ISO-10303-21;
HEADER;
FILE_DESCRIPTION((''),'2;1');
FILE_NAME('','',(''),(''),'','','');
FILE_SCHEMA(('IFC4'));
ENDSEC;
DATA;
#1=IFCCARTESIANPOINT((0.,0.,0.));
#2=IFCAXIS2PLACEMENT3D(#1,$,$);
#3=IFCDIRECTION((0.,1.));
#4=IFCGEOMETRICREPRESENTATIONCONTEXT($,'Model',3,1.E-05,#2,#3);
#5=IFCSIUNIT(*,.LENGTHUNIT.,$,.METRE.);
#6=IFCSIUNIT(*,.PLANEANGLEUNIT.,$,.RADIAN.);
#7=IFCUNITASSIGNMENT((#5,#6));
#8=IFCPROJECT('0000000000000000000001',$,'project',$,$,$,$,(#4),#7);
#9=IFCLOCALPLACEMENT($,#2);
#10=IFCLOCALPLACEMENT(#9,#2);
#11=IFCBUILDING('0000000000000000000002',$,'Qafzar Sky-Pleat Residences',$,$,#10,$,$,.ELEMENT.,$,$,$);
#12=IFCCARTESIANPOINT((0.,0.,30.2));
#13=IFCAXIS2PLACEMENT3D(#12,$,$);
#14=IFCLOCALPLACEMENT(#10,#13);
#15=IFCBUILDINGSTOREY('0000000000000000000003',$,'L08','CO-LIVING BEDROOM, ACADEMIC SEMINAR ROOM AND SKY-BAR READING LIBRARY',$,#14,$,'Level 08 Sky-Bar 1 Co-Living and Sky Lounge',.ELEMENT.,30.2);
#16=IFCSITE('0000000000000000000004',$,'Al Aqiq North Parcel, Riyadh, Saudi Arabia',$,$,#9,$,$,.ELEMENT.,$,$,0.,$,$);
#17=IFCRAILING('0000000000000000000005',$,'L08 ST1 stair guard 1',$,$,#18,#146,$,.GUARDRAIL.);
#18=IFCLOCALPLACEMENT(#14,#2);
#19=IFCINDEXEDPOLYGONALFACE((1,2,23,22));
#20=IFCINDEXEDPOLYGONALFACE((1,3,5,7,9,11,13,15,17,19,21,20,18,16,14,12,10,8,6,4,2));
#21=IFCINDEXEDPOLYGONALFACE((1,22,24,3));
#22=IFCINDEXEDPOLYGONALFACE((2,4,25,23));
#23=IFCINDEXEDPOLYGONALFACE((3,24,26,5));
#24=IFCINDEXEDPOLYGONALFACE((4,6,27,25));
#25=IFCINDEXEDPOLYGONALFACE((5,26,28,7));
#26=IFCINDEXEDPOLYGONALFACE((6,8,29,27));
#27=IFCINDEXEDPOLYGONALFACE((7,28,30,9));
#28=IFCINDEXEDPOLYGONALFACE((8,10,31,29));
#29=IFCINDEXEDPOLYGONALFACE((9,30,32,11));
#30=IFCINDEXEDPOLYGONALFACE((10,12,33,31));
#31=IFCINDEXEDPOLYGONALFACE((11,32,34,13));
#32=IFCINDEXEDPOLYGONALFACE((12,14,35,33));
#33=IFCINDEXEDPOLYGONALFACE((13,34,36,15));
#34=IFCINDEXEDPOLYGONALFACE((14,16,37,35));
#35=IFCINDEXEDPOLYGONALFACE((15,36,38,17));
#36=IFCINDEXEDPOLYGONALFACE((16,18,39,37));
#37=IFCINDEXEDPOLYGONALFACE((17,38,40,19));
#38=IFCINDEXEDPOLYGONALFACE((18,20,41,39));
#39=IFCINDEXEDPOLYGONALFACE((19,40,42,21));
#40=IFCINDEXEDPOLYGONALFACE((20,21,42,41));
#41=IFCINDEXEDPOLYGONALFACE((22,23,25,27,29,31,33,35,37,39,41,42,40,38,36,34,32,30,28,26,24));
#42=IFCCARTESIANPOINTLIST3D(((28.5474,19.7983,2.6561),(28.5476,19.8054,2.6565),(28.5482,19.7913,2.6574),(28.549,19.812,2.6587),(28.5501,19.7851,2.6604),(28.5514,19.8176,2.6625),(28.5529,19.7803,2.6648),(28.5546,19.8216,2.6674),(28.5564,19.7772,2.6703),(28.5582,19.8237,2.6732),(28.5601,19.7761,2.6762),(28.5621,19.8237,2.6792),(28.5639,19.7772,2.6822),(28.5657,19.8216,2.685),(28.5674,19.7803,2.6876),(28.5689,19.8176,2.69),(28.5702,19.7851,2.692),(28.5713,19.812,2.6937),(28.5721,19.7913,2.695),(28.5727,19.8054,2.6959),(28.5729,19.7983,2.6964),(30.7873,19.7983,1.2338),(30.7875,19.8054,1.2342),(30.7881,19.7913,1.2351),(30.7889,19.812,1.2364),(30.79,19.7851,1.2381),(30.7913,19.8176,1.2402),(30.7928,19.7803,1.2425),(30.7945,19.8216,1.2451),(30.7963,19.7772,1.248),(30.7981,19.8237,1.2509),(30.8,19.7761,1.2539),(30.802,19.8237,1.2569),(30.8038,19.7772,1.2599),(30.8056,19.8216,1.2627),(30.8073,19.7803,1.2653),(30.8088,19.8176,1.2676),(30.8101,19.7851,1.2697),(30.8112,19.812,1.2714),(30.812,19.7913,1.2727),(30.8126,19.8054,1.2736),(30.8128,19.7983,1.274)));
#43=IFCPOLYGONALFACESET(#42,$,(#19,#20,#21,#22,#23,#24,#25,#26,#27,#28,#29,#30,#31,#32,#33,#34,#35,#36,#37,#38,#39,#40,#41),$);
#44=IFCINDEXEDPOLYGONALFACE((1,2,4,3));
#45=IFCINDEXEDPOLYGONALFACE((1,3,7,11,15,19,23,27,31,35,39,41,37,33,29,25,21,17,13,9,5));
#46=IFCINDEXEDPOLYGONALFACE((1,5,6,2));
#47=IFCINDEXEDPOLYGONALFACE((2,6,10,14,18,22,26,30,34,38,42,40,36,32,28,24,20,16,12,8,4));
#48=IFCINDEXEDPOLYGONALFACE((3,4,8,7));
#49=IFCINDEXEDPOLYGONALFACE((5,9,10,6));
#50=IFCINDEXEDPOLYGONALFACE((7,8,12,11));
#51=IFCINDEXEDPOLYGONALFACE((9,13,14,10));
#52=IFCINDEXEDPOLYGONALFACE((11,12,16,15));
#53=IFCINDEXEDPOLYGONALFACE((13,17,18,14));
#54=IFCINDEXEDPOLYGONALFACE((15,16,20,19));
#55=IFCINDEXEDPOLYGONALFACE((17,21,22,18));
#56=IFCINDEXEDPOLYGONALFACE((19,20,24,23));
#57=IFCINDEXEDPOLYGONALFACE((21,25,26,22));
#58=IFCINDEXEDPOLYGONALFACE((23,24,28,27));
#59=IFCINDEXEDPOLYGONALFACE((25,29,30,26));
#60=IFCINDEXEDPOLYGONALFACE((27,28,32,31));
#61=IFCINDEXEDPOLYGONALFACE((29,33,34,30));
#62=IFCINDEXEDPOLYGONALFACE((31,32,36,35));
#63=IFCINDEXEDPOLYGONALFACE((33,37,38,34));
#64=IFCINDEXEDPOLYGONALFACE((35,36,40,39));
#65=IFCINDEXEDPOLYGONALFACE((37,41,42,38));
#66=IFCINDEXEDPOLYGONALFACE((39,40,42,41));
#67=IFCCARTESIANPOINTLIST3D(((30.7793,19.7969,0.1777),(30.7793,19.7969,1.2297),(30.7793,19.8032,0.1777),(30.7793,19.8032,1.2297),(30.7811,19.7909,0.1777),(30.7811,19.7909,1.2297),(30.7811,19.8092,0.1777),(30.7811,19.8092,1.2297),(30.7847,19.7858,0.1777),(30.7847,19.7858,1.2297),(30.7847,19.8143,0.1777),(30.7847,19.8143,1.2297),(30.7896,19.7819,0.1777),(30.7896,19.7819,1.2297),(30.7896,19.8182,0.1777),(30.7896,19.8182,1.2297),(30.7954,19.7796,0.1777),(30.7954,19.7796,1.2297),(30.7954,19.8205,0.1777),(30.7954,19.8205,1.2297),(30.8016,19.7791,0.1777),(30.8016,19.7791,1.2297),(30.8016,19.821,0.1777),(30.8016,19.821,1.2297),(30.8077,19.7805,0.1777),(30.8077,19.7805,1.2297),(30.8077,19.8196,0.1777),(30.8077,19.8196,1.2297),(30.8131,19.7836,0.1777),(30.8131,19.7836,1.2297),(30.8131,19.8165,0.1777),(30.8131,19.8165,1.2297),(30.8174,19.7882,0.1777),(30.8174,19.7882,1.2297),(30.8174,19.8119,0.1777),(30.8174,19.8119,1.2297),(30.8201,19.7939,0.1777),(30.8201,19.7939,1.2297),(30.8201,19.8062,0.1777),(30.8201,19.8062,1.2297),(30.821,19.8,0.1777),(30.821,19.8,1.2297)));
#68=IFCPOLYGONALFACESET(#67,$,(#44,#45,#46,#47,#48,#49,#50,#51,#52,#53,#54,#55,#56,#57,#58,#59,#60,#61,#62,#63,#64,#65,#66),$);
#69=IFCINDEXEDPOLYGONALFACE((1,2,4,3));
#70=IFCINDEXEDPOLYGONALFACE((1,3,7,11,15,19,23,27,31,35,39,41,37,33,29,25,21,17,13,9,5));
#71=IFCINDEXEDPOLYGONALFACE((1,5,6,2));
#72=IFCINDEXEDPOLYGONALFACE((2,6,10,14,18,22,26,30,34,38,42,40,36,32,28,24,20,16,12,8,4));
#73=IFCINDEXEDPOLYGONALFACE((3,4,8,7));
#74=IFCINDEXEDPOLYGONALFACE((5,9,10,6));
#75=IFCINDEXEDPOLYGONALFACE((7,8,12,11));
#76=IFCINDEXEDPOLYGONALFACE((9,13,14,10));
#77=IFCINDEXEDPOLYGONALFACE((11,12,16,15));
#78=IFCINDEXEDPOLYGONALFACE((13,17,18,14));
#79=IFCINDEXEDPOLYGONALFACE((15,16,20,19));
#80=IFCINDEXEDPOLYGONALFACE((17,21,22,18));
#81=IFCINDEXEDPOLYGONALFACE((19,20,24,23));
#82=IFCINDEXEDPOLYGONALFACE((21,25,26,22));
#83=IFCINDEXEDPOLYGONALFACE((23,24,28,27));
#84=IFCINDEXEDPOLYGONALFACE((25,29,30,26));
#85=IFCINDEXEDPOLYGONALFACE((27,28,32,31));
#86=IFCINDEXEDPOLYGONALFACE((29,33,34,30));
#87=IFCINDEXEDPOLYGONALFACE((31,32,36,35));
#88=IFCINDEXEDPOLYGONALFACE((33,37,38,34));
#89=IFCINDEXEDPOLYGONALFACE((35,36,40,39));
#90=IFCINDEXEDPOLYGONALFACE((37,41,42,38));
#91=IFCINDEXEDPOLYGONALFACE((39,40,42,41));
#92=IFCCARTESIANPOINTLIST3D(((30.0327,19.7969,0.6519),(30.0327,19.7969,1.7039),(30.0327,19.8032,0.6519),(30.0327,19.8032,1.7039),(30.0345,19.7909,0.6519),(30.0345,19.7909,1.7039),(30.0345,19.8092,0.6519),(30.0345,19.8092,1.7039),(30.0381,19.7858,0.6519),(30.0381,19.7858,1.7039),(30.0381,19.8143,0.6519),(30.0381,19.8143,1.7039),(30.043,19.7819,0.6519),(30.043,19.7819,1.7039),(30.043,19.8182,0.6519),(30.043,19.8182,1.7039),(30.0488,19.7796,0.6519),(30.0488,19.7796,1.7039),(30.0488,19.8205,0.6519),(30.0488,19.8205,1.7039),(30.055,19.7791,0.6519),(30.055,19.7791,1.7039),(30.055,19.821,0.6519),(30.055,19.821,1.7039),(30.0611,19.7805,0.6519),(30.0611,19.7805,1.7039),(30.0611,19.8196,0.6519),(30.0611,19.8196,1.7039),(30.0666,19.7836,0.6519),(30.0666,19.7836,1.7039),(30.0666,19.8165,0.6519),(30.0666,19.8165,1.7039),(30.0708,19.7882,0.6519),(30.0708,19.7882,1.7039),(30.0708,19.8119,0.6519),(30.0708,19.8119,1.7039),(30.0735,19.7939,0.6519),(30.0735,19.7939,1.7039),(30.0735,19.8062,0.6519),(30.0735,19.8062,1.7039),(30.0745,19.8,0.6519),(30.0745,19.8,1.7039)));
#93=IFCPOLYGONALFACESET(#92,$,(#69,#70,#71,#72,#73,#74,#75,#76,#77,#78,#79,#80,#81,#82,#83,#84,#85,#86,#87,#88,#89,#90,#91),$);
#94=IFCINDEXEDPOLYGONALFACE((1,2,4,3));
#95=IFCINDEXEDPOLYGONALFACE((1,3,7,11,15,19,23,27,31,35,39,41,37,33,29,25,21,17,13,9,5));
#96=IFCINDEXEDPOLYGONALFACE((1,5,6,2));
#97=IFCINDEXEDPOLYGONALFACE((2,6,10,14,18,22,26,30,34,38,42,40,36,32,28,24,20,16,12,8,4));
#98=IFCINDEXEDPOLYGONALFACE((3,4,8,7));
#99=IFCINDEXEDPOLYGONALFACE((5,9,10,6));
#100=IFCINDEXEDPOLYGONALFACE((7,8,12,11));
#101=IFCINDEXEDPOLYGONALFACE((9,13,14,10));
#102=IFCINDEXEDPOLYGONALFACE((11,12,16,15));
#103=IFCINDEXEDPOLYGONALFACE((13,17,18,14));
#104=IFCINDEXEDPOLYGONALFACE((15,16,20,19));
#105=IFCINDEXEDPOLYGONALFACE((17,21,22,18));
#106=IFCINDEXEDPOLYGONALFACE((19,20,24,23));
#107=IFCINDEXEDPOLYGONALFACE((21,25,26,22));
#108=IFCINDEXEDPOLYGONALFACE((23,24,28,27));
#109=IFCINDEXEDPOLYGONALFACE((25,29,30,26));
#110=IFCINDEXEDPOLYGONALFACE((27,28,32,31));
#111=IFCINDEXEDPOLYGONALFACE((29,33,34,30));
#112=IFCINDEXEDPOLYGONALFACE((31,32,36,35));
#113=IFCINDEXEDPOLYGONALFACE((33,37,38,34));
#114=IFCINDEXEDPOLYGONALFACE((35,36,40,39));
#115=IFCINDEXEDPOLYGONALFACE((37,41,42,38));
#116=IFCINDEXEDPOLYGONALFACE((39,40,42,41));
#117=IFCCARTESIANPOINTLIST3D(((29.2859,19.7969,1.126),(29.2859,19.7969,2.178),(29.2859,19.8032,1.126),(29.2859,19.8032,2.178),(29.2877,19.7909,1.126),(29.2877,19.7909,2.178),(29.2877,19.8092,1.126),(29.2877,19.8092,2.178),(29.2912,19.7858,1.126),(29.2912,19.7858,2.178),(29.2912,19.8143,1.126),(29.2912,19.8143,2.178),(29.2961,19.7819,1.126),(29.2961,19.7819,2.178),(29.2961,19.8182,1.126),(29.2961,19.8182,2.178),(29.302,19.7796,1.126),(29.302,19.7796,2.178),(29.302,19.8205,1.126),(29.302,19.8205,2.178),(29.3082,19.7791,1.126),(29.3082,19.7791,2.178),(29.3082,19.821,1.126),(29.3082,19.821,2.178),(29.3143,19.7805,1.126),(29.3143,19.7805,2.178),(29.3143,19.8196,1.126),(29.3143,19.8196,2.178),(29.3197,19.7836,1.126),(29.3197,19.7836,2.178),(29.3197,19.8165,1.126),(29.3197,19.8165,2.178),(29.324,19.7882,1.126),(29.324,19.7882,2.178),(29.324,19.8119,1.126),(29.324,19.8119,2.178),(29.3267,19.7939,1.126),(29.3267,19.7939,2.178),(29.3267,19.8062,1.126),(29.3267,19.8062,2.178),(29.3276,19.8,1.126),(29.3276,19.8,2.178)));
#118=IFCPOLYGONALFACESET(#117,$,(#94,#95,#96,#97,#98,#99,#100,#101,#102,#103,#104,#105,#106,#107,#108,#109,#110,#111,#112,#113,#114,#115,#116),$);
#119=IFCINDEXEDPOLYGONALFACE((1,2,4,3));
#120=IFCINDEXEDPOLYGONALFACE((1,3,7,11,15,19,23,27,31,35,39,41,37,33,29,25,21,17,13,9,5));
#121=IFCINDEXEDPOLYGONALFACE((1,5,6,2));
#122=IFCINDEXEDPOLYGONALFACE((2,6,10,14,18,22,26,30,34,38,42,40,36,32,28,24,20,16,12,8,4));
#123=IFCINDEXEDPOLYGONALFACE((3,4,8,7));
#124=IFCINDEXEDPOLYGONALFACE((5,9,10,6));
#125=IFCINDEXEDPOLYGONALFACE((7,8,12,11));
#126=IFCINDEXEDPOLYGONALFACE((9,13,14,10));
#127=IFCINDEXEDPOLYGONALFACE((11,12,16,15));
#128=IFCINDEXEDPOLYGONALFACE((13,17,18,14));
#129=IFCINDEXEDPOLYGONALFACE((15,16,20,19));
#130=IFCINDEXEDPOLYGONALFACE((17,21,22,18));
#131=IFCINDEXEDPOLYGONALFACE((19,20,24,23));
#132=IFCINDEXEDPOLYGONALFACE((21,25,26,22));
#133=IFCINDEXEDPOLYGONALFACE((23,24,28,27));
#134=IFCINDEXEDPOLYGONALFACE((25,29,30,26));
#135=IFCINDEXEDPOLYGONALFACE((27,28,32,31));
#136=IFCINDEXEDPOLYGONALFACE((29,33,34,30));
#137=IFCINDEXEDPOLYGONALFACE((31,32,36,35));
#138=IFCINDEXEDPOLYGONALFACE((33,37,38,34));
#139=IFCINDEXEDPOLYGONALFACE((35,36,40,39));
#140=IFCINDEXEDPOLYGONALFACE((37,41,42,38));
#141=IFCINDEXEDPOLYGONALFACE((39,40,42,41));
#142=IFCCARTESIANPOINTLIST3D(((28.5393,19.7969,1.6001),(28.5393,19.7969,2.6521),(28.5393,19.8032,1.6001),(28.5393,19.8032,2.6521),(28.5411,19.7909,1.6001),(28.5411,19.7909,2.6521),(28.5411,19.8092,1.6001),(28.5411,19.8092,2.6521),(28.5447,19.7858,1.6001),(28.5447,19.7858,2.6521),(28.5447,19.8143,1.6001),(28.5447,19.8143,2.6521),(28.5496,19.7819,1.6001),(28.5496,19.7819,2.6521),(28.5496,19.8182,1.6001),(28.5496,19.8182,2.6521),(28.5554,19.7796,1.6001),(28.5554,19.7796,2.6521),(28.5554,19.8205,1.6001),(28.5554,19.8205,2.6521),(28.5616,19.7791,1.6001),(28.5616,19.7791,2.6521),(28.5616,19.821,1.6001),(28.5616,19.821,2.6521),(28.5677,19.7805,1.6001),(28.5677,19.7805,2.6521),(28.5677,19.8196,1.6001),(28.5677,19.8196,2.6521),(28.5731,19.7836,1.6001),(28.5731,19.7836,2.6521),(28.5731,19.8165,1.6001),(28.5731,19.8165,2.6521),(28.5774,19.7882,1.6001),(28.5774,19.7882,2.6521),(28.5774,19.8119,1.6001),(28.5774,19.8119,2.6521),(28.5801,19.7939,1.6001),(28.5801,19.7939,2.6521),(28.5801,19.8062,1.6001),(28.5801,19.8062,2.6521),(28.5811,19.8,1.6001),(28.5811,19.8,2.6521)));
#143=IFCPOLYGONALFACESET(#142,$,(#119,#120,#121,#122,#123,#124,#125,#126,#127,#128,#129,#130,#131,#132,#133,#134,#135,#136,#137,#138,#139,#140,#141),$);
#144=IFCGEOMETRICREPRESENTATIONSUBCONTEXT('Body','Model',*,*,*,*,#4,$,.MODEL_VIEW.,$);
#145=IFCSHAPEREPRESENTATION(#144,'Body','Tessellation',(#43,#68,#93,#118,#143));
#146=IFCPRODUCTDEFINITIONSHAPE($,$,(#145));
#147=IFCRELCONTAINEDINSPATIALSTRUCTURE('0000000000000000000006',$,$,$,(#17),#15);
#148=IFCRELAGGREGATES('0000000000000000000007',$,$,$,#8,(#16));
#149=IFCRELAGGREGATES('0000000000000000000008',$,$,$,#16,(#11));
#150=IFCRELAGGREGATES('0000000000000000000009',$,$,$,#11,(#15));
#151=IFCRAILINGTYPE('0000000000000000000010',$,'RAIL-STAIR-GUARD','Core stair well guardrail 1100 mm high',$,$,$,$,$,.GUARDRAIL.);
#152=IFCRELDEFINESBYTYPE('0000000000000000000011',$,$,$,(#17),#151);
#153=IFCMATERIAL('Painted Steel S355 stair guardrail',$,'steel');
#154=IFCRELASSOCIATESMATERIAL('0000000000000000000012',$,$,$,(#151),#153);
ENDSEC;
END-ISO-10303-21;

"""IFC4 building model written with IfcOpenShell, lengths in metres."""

from ifc_helpers import new_model, si_unit, direction, frame, origin, origin_2d, place, context, subcontext, project, spatial, circle, extrude, source, transform, mapped, material, type_object, element, save


model = new_model("IFC4")

# Units and contexts
model_context = context("Model", 3, precision=1e-05, world=origin(), true_north=direction((0.0, 1.0)))
body_context = subcontext(model_context, "Body", "Model", "MODEL_VIEW")
ifc_project = project(units=[si_unit("LENGTHUNIT", "METRE"), si_unit("PLANEANGLEUNIT", "RADIAN")], contexts=[model_context])

# Site, building, storey
site_placement = place(None, origin())
site = spatial("IfcSite", under=ifc_project, at=site_placement, Name="Al Aqiq North Parcel, Riyadh, Saudi Arabia", CompositionType="ELEMENT", RefElevation=0.0)
building_placement = place(site_placement, origin())
building = spatial("IfcBuilding", under=site, at=building_placement, Name="Qafzar Sky-Pleat Residences", CompositionType="ELEMENT")
storey_placement = place(building_placement, frame((0.0, 0.0, 30.2)))
storey = spatial("IfcBuildingStorey", under=building, at=storey_placement, Name="L08", Description="CO-LIVING BEDROOM, ACADEMIC SEMINAR ROOM AND SKY-BAR READING LIBRARY", LongName="Level 08 Sky-Bar 1 Co-Living and Sky Lounge", CompositionType="ELEMENT", Elevation=30.2)

# Railing
ifc_material_1 = material(Name="Painted Steel S355 stair guardrail", Category="steel")
railing_type_1 = type_object("IfcRailingType", Name="RAIL-STAIR-GUARD", Description="Core stair well guardrail 1100 mm high", PredefinedType="GUARDRAIL", material=ifc_material_1)
shared_shape_1 = source(origin(), body_context, "Body", "SweptSolid", [
    extrude(circle(Radius=0.0239, at=origin_2d()), frame((0.0, 0.0, 1.0762), z_axis=(-0.844188, 0.0, 0.536048), x_axis=(0.0, -1.0, 0.0)), (0.0, 0.0, 1.0), 2.6533),
    extrude(circle(Radius=0.021, at=origin_2d()), origin(), (0.0, 0.0, 1.0), 1.052),
    extrude(circle(Radius=0.021, at=origin_2d()), frame((-0.7466, 0.0, 0.4741)), (0.0, 0.0, 1.0), 1.052),
    extrude(circle(Radius=0.021, at=origin_2d()), frame((-1.4934, 0.0, 0.9482)), (0.0, 0.0, 1.0), 1.052),
    extrude(circle(Radius=0.021, at=origin_2d()), frame((-2.24, 0.0, 1.4224)), (0.0, 0.0, 1.0), 1.052),
])
railing_1_placement = place(storey_placement, frame((30.8, 19.8, 0.1777)))
element("IfcRailing", 1, at=railing_1_placement, inside=storey, type_object=railing_type_1, Name="L08 ST1 stair guard 1", PredefinedType="GUARDRAIL", context=body_context, shape_type="MappedRepresentation", body=[
    mapped(shared_shape_1, transform((0.0, 0.0, 0.0), x_axis=(1.0, 0.0, 0.0), y_axis=(0.0, 1.0, 0.0), z_axis=(0.0, 0.0, 1.0), scale=1.0)),
])

save(model, "model.ifc")
